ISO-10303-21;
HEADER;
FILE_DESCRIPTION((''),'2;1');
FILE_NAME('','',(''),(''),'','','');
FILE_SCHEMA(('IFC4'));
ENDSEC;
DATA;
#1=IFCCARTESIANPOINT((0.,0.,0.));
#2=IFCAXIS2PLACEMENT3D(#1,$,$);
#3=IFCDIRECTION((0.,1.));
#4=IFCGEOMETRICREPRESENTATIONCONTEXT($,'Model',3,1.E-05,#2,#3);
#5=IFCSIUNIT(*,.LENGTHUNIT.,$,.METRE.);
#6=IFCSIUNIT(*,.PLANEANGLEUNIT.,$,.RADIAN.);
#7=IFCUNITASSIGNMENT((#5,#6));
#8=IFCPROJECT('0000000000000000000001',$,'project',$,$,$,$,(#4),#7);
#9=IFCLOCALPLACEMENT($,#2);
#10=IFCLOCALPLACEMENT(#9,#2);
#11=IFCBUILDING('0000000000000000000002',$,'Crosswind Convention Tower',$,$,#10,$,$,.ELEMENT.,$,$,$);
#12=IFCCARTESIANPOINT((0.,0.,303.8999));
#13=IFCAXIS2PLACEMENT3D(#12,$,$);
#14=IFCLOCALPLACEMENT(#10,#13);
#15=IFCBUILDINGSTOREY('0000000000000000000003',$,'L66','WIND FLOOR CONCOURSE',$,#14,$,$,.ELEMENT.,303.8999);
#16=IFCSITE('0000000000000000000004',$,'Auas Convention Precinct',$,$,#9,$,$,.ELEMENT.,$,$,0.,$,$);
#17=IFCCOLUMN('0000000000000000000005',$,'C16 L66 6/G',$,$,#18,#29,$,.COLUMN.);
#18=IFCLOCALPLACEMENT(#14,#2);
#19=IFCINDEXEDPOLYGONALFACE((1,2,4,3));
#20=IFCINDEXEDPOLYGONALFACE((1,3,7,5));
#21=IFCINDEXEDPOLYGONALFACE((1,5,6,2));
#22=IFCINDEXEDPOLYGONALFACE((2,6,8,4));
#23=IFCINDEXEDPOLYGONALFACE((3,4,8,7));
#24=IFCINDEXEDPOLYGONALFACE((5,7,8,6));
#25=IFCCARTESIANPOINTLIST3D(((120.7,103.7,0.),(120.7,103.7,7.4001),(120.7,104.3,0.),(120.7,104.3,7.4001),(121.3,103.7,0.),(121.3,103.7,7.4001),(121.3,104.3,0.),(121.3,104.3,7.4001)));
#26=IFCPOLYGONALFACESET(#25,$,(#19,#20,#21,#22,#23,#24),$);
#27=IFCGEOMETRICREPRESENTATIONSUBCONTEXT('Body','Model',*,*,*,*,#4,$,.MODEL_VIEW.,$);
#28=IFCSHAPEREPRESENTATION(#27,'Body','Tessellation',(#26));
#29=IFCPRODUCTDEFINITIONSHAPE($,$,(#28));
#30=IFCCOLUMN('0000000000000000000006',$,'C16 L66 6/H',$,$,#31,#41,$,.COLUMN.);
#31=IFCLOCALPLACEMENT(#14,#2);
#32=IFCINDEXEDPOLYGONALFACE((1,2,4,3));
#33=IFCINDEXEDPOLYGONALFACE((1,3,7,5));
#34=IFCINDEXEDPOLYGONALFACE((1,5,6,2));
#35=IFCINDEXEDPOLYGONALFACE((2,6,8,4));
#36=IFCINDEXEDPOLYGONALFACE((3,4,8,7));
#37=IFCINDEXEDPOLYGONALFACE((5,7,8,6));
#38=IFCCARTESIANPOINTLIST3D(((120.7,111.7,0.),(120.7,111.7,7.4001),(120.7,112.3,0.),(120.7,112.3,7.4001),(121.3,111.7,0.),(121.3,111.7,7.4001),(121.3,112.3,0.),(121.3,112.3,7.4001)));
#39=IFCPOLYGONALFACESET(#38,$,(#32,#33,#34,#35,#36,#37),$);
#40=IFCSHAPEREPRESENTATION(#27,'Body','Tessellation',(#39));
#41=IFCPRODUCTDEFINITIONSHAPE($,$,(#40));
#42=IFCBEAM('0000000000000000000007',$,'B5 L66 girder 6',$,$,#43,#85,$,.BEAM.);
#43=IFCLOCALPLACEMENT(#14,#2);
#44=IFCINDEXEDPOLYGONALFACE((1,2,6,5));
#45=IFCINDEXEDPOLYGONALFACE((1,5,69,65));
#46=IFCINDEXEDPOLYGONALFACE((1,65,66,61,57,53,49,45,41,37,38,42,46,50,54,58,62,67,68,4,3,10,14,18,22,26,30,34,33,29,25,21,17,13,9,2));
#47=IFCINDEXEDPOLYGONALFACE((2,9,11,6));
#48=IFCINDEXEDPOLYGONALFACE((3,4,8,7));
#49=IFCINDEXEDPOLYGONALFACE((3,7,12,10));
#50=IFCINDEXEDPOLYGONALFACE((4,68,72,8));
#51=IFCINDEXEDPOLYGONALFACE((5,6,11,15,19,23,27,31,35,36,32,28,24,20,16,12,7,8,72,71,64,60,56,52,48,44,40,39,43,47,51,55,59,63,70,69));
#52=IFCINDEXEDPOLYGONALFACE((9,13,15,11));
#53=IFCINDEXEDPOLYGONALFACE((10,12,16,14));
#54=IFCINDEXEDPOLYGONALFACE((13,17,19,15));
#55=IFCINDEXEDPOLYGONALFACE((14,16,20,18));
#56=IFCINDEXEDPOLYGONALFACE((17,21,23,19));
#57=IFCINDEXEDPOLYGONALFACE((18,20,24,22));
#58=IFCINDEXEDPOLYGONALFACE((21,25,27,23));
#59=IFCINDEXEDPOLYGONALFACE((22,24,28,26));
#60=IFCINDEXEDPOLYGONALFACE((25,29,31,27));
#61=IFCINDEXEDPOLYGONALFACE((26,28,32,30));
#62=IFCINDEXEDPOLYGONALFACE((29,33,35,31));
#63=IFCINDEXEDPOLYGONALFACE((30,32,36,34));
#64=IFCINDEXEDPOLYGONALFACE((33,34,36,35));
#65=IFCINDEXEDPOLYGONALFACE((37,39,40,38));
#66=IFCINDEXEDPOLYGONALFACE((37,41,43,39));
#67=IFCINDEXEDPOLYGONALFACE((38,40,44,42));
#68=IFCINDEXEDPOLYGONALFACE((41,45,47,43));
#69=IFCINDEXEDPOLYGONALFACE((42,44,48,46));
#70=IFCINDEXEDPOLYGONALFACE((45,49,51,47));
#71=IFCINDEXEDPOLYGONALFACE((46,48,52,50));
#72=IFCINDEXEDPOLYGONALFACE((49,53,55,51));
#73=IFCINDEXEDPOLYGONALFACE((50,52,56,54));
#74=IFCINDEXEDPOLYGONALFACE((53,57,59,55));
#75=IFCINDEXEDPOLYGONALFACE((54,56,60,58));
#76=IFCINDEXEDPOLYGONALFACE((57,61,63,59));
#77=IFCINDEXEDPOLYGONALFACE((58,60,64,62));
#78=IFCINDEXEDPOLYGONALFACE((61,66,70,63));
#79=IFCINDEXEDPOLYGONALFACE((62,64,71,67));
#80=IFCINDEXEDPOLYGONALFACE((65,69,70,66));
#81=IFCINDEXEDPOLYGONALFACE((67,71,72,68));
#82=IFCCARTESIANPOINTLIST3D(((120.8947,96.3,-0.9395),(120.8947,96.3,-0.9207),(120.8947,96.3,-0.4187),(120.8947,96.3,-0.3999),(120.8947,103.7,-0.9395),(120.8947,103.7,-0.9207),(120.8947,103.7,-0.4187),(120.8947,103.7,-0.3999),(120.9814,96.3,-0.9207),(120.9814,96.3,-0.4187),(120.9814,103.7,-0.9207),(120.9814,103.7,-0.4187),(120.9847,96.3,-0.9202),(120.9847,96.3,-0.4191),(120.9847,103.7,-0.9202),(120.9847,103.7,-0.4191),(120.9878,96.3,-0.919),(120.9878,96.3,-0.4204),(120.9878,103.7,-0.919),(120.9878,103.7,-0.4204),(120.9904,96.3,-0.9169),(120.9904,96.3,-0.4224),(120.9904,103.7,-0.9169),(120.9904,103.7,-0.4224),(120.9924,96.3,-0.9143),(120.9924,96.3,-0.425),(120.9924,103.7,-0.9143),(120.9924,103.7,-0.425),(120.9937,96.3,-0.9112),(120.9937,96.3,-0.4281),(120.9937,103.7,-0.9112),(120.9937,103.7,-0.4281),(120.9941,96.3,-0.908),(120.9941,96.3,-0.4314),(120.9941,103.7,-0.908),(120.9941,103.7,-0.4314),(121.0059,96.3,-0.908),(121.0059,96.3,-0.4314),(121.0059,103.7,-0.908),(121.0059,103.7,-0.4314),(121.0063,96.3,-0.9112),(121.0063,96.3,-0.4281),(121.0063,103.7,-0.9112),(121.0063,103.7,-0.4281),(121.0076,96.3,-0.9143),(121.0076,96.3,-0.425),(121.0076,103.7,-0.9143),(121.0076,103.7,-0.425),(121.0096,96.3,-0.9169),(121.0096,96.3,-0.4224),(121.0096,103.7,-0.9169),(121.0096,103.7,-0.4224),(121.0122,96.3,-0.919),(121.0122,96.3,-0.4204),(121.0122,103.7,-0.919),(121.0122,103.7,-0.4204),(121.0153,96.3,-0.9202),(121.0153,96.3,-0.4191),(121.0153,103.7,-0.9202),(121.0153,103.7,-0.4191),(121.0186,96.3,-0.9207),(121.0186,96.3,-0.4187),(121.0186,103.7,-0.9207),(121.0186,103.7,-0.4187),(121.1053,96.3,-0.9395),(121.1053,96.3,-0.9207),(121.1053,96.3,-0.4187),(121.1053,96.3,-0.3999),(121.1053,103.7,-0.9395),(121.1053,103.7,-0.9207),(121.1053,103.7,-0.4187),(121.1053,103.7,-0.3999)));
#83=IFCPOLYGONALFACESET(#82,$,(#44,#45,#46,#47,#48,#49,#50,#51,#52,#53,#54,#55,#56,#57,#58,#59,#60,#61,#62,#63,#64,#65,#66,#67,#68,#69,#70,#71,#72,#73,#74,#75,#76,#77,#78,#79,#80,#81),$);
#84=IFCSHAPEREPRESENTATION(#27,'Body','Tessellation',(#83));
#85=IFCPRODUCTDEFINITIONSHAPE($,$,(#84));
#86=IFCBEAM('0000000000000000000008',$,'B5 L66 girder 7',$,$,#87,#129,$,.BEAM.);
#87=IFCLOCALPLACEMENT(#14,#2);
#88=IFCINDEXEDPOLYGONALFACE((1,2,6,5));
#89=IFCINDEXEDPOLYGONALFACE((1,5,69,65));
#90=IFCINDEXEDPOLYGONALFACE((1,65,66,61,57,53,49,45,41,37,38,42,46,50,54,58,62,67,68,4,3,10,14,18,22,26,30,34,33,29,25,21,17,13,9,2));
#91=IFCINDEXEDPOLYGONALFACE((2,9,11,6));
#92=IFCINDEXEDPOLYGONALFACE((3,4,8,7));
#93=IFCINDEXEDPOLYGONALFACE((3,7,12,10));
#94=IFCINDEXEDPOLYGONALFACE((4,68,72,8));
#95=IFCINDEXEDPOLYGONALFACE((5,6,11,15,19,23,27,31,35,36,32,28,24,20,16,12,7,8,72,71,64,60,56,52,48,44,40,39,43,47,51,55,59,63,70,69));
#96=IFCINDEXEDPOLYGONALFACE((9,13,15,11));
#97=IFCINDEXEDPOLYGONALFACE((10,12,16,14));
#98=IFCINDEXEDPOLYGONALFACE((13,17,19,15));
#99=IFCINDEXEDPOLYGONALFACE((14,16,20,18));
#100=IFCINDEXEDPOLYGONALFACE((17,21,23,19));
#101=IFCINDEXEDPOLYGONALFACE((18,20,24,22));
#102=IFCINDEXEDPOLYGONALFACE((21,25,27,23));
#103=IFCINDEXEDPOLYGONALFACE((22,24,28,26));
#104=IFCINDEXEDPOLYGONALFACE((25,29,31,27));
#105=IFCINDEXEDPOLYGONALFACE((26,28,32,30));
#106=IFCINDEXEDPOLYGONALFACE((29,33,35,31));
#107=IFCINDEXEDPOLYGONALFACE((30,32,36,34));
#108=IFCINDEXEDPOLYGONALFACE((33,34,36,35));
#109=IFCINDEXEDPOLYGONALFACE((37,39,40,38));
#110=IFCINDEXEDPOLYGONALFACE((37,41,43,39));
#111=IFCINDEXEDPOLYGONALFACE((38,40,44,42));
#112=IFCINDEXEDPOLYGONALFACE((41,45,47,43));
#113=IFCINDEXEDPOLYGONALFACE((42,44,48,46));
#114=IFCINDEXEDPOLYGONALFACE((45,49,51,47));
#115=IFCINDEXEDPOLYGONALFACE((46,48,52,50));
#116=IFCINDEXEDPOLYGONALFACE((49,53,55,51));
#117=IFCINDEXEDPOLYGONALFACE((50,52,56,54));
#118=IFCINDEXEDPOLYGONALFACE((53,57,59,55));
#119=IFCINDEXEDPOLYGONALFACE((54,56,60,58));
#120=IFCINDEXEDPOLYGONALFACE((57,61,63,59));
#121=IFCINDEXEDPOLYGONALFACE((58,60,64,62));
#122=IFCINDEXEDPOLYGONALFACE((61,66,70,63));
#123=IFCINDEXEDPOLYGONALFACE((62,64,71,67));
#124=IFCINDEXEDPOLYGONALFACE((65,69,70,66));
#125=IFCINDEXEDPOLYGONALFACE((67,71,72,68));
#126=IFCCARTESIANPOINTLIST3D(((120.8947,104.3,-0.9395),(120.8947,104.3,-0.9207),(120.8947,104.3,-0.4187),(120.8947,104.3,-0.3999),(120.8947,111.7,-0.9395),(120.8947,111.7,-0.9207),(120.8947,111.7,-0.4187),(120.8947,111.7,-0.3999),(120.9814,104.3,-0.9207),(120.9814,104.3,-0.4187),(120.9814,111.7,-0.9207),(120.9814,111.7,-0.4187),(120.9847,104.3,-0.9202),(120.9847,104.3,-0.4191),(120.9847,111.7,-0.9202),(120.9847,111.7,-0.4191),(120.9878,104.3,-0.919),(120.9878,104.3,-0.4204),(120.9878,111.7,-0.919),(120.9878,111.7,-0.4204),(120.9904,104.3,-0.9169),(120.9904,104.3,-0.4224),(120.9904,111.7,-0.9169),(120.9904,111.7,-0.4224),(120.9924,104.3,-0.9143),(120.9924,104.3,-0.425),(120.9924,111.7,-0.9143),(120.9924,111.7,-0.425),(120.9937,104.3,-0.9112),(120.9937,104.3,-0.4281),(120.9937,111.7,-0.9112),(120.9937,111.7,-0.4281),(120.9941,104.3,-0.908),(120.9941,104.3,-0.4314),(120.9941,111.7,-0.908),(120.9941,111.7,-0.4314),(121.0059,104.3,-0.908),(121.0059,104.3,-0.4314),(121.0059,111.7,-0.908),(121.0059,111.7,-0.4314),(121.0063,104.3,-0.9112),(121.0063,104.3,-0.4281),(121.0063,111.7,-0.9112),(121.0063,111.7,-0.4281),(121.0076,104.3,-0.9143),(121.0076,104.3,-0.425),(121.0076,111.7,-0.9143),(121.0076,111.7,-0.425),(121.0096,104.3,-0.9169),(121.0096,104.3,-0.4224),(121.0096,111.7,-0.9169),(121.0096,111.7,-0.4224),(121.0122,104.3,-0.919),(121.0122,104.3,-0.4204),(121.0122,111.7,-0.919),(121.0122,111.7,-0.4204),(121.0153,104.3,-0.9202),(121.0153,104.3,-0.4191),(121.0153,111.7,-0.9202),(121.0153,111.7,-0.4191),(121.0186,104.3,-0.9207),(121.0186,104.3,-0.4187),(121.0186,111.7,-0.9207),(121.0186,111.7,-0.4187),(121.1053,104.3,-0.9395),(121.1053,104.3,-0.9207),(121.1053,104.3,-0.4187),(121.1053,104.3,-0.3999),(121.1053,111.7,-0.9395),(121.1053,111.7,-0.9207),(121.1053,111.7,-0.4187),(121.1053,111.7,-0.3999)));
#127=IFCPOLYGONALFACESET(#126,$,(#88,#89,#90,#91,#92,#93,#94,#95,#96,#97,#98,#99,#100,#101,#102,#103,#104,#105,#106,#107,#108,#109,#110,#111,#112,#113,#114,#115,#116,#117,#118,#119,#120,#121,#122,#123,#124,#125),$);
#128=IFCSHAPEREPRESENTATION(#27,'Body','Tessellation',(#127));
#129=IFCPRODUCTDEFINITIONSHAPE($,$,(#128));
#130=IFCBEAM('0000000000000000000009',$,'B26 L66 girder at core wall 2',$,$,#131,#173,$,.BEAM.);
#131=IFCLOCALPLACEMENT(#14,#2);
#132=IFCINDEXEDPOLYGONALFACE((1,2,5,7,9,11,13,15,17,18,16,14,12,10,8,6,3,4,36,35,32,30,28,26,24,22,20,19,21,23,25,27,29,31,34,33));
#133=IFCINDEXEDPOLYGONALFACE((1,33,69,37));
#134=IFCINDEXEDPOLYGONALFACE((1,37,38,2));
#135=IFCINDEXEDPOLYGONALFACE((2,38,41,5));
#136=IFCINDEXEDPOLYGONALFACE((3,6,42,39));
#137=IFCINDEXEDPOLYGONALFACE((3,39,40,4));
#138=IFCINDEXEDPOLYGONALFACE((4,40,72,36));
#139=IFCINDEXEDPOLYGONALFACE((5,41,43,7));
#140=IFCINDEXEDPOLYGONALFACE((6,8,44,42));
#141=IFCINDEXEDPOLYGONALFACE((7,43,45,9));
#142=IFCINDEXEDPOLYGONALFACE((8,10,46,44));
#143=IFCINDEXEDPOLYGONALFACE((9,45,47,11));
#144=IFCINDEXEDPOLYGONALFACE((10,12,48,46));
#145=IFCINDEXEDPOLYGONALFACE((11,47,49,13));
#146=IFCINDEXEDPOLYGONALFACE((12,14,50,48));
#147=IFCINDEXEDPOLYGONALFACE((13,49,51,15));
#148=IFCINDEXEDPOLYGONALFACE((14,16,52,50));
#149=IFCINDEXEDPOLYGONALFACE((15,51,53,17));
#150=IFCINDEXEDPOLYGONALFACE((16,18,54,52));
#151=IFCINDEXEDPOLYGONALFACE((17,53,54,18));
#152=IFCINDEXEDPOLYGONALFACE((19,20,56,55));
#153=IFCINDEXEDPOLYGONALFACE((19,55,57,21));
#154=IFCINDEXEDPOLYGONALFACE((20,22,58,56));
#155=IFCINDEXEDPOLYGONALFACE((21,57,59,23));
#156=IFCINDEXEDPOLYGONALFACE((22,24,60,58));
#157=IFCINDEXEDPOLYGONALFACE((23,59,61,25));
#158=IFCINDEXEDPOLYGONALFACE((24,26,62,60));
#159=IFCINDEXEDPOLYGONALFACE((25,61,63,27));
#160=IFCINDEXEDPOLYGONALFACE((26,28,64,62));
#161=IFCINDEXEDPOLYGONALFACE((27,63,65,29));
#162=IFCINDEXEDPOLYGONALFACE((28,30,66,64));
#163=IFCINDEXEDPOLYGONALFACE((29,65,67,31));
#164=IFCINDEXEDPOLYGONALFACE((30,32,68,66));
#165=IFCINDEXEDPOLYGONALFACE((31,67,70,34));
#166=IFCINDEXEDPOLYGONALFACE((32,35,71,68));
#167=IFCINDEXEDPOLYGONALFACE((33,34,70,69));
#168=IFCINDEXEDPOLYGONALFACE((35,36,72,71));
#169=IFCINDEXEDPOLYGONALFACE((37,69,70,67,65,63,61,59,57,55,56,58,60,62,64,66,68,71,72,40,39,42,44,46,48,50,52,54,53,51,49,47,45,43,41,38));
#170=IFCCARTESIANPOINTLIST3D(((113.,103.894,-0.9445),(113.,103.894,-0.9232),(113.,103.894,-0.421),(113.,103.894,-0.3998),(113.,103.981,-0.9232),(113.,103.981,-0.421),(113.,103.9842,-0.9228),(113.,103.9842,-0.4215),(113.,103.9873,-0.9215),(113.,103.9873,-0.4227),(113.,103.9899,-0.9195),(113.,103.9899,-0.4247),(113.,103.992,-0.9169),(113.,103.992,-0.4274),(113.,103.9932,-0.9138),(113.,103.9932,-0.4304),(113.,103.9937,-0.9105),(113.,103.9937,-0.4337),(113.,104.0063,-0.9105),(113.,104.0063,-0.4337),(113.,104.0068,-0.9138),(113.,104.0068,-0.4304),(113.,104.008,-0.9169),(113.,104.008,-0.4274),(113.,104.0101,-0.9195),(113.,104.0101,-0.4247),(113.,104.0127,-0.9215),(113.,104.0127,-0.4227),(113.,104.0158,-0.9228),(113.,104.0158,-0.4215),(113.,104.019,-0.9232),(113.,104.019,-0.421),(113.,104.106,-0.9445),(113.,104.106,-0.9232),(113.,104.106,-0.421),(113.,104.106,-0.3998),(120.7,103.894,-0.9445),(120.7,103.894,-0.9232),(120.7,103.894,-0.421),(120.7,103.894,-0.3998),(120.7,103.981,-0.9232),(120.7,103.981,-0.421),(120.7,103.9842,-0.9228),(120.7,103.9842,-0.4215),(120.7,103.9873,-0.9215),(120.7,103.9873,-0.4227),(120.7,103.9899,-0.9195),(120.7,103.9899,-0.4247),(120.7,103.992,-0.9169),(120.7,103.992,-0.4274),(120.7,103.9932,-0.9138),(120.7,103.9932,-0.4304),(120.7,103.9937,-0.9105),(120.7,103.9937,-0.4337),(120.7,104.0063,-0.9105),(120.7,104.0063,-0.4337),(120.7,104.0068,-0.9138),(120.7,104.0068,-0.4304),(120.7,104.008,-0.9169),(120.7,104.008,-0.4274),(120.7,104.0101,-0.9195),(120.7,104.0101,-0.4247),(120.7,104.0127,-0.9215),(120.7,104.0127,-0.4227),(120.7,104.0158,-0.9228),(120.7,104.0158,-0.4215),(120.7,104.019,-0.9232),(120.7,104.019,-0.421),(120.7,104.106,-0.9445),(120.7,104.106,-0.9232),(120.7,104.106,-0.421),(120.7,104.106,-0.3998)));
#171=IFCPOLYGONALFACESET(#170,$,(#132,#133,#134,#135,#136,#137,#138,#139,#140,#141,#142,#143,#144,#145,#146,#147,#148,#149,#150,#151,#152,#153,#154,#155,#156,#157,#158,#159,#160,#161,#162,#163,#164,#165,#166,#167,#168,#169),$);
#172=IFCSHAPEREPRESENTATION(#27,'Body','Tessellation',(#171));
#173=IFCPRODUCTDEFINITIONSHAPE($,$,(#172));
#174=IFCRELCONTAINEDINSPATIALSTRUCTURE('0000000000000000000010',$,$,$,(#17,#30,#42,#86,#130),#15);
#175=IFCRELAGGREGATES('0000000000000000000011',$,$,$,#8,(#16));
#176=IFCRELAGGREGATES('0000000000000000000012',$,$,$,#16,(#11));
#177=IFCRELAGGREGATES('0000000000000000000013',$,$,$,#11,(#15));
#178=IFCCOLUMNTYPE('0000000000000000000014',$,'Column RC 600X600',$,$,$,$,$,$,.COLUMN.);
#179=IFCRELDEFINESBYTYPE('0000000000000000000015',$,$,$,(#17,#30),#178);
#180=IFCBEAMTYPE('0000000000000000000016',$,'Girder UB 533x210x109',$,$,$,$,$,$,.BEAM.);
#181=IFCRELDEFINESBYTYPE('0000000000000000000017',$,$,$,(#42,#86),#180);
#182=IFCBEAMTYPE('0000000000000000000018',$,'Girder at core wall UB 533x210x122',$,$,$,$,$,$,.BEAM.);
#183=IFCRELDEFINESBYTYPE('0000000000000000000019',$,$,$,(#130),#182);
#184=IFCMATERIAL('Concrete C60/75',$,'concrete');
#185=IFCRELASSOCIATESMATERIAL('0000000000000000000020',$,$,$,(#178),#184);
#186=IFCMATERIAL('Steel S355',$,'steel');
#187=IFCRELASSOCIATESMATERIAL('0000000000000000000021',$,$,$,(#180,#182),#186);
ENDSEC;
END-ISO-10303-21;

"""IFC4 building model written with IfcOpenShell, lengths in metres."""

from ifc_helpers import new_model, si_unit, direction, frame, origin, origin_2d, place, context, subcontext, project, spatial, rectangle, i_section, extrude, material, material_profile, profile_set, type_object, element, save


model = new_model("IFC4")

# Units and contexts
model_context = context("Model", 3, precision=1e-05, world=origin(), true_north=direction((0.0, 1.0)))
body_context = subcontext(model_context, "Body", "Model", "MODEL_VIEW")
ifc_project = project(units=[si_unit("LENGTHUNIT", "METRE"), si_unit("PLANEANGLEUNIT", "RADIAN")], contexts=[model_context])

# Site, building, storey
site_placement = place(None, origin())
site = spatial("IfcSite", under=ifc_project, at=site_placement, Name="Auas Convention Precinct", CompositionType="ELEMENT", RefElevation=0.0)
building_placement = place(site_placement, origin())
building = spatial("IfcBuilding", under=site, at=building_placement, Name="Crosswind Convention Tower", CompositionType="ELEMENT")
storey_placement = place(building_placement, frame((0.0, 0.0, 303.8999)))
storey = spatial("IfcBuildingStorey", under=building, at=storey_placement, Name="L66", Description="WIND FLOOR CONCOURSE", CompositionType="ELEMENT", Elevation=303.8999)

# Columns
ifc_material_1 = material(Name="Concrete C60/75", Category="concrete")
ifc_material_profile_1 = material_profile(ifc_material_1, rectangle(XDim=0.6001, YDim=0.6001, at=origin_2d()), Name="RC 600X600")
ifc_profile_set_1 = profile_set([ifc_material_profile_1], Name="Concrete C60/75")
column_type = type_object("IfcColumnType", Name="Column RC 600X600", PredefinedType="COLUMN", material=ifc_profile_set_1)
for number, where, z_axis, x_axis, name in (
    (1, (121.0, 104.0, 0.0), (0.0, 0.0, 1.0), (1.0, 0.0, 0.0), "C16 L66 6/G"),
    (2, (121.0, 112.0, 0.0), (0.0, 0.0, 1.0), (1.0, 0.0, 0.0), "C16 L66 6/H"),
):
    element("IfcColumn", number, at=place(storey_placement, frame(where, z_axis=z_axis, x_axis=x_axis)), inside=storey, type_object=column_type, Name=name, PredefinedType="COLUMN", context=body_context, shape_type="SweptSolid", body=[
        extrude(rectangle(XDim=0.6001, YDim=0.6001, at=origin_2d()), origin(), (0.0, 0.0, 1.0), 7.4001),
    ])

# Beams
ifc_material_2 = material(Name="Steel S355", Category="steel")
ifc_material_profile_2 = material_profile(ifc_material_2, i_section(OverallWidth=0.2107, OverallDepth=0.5396, WebThickness=0.0117, FlangeThickness=0.0188, FilletRadius=0.0127, at=origin_2d()), Name="UB 533x210x109")
ifc_profile_set_2 = profile_set([ifc_material_profile_2], Name="Steel S355")
beam_type_1 = type_object("IfcBeamType", Name="Girder UB 533x210x109", PredefinedType="BEAM", material=ifc_profile_set_2)
for number, where, z_axis, x_axis, name in (
    (3, (121.0, 96.3, -0.6697), (0.0, 1.0, 0.0), (-1.0, 0.0, 0.0), "B5 L66 girder 6"),
    (4, (121.0, 104.3, -0.6697), (0.0, 1.0, 0.0), (-1.0, 0.0, 0.0), "B5 L66 girder 7"),
):
    element("IfcBeam", number, at=place(storey_placement, frame(where, z_axis=z_axis, x_axis=x_axis)), inside=storey, type_object=beam_type_1, Name=name, PredefinedType="BEAM", context=body_context, shape_type="SweptSolid", body=[
        extrude(i_section(OverallWidth=0.2107, OverallDepth=0.5396, WebThickness=0.0117, FlangeThickness=0.0188, FilletRadius=0.0127, at=origin_2d()), origin(), (0.0, 0.0, 1.0), 7.3999),
    ])
ifc_material_profile_3 = material_profile(ifc_material_2, i_section(OverallWidth=0.2119, OverallDepth=0.5447, WebThickness=0.0127, FlangeThickness=0.0212, FilletRadius=0.0127, at=origin_2d()), Name="UB 533x210x122")
ifc_profile_set_3 = profile_set([ifc_material_profile_3], Name="Steel S355")
beam_type_2 = type_object("IfcBeamType", Name="Girder at core wall UB 533x210x122", PredefinedType="BEAM", material=ifc_profile_set_3)
beam_placement = place(storey_placement, frame((113.0, 104.0, -0.6721), z_axis=(1.0, 0.0, 0.0), x_axis=(0.0, 1.0, 0.0)))
element("IfcBeam", 5, at=beam_placement, inside=storey, type_object=beam_type_2, Name="B26 L66 girder at core wall 2", PredefinedType="BEAM", context=body_context, shape_type="SweptSolid", body=[
    extrude(i_section(OverallWidth=0.2119, OverallDepth=0.5447, WebThickness=0.0127, FlangeThickness=0.0212, FilletRadius=0.0127, at=origin_2d()), origin(), (0.0, 0.0, 1.0), 7.7),
])

save(model, "model.ifc")
